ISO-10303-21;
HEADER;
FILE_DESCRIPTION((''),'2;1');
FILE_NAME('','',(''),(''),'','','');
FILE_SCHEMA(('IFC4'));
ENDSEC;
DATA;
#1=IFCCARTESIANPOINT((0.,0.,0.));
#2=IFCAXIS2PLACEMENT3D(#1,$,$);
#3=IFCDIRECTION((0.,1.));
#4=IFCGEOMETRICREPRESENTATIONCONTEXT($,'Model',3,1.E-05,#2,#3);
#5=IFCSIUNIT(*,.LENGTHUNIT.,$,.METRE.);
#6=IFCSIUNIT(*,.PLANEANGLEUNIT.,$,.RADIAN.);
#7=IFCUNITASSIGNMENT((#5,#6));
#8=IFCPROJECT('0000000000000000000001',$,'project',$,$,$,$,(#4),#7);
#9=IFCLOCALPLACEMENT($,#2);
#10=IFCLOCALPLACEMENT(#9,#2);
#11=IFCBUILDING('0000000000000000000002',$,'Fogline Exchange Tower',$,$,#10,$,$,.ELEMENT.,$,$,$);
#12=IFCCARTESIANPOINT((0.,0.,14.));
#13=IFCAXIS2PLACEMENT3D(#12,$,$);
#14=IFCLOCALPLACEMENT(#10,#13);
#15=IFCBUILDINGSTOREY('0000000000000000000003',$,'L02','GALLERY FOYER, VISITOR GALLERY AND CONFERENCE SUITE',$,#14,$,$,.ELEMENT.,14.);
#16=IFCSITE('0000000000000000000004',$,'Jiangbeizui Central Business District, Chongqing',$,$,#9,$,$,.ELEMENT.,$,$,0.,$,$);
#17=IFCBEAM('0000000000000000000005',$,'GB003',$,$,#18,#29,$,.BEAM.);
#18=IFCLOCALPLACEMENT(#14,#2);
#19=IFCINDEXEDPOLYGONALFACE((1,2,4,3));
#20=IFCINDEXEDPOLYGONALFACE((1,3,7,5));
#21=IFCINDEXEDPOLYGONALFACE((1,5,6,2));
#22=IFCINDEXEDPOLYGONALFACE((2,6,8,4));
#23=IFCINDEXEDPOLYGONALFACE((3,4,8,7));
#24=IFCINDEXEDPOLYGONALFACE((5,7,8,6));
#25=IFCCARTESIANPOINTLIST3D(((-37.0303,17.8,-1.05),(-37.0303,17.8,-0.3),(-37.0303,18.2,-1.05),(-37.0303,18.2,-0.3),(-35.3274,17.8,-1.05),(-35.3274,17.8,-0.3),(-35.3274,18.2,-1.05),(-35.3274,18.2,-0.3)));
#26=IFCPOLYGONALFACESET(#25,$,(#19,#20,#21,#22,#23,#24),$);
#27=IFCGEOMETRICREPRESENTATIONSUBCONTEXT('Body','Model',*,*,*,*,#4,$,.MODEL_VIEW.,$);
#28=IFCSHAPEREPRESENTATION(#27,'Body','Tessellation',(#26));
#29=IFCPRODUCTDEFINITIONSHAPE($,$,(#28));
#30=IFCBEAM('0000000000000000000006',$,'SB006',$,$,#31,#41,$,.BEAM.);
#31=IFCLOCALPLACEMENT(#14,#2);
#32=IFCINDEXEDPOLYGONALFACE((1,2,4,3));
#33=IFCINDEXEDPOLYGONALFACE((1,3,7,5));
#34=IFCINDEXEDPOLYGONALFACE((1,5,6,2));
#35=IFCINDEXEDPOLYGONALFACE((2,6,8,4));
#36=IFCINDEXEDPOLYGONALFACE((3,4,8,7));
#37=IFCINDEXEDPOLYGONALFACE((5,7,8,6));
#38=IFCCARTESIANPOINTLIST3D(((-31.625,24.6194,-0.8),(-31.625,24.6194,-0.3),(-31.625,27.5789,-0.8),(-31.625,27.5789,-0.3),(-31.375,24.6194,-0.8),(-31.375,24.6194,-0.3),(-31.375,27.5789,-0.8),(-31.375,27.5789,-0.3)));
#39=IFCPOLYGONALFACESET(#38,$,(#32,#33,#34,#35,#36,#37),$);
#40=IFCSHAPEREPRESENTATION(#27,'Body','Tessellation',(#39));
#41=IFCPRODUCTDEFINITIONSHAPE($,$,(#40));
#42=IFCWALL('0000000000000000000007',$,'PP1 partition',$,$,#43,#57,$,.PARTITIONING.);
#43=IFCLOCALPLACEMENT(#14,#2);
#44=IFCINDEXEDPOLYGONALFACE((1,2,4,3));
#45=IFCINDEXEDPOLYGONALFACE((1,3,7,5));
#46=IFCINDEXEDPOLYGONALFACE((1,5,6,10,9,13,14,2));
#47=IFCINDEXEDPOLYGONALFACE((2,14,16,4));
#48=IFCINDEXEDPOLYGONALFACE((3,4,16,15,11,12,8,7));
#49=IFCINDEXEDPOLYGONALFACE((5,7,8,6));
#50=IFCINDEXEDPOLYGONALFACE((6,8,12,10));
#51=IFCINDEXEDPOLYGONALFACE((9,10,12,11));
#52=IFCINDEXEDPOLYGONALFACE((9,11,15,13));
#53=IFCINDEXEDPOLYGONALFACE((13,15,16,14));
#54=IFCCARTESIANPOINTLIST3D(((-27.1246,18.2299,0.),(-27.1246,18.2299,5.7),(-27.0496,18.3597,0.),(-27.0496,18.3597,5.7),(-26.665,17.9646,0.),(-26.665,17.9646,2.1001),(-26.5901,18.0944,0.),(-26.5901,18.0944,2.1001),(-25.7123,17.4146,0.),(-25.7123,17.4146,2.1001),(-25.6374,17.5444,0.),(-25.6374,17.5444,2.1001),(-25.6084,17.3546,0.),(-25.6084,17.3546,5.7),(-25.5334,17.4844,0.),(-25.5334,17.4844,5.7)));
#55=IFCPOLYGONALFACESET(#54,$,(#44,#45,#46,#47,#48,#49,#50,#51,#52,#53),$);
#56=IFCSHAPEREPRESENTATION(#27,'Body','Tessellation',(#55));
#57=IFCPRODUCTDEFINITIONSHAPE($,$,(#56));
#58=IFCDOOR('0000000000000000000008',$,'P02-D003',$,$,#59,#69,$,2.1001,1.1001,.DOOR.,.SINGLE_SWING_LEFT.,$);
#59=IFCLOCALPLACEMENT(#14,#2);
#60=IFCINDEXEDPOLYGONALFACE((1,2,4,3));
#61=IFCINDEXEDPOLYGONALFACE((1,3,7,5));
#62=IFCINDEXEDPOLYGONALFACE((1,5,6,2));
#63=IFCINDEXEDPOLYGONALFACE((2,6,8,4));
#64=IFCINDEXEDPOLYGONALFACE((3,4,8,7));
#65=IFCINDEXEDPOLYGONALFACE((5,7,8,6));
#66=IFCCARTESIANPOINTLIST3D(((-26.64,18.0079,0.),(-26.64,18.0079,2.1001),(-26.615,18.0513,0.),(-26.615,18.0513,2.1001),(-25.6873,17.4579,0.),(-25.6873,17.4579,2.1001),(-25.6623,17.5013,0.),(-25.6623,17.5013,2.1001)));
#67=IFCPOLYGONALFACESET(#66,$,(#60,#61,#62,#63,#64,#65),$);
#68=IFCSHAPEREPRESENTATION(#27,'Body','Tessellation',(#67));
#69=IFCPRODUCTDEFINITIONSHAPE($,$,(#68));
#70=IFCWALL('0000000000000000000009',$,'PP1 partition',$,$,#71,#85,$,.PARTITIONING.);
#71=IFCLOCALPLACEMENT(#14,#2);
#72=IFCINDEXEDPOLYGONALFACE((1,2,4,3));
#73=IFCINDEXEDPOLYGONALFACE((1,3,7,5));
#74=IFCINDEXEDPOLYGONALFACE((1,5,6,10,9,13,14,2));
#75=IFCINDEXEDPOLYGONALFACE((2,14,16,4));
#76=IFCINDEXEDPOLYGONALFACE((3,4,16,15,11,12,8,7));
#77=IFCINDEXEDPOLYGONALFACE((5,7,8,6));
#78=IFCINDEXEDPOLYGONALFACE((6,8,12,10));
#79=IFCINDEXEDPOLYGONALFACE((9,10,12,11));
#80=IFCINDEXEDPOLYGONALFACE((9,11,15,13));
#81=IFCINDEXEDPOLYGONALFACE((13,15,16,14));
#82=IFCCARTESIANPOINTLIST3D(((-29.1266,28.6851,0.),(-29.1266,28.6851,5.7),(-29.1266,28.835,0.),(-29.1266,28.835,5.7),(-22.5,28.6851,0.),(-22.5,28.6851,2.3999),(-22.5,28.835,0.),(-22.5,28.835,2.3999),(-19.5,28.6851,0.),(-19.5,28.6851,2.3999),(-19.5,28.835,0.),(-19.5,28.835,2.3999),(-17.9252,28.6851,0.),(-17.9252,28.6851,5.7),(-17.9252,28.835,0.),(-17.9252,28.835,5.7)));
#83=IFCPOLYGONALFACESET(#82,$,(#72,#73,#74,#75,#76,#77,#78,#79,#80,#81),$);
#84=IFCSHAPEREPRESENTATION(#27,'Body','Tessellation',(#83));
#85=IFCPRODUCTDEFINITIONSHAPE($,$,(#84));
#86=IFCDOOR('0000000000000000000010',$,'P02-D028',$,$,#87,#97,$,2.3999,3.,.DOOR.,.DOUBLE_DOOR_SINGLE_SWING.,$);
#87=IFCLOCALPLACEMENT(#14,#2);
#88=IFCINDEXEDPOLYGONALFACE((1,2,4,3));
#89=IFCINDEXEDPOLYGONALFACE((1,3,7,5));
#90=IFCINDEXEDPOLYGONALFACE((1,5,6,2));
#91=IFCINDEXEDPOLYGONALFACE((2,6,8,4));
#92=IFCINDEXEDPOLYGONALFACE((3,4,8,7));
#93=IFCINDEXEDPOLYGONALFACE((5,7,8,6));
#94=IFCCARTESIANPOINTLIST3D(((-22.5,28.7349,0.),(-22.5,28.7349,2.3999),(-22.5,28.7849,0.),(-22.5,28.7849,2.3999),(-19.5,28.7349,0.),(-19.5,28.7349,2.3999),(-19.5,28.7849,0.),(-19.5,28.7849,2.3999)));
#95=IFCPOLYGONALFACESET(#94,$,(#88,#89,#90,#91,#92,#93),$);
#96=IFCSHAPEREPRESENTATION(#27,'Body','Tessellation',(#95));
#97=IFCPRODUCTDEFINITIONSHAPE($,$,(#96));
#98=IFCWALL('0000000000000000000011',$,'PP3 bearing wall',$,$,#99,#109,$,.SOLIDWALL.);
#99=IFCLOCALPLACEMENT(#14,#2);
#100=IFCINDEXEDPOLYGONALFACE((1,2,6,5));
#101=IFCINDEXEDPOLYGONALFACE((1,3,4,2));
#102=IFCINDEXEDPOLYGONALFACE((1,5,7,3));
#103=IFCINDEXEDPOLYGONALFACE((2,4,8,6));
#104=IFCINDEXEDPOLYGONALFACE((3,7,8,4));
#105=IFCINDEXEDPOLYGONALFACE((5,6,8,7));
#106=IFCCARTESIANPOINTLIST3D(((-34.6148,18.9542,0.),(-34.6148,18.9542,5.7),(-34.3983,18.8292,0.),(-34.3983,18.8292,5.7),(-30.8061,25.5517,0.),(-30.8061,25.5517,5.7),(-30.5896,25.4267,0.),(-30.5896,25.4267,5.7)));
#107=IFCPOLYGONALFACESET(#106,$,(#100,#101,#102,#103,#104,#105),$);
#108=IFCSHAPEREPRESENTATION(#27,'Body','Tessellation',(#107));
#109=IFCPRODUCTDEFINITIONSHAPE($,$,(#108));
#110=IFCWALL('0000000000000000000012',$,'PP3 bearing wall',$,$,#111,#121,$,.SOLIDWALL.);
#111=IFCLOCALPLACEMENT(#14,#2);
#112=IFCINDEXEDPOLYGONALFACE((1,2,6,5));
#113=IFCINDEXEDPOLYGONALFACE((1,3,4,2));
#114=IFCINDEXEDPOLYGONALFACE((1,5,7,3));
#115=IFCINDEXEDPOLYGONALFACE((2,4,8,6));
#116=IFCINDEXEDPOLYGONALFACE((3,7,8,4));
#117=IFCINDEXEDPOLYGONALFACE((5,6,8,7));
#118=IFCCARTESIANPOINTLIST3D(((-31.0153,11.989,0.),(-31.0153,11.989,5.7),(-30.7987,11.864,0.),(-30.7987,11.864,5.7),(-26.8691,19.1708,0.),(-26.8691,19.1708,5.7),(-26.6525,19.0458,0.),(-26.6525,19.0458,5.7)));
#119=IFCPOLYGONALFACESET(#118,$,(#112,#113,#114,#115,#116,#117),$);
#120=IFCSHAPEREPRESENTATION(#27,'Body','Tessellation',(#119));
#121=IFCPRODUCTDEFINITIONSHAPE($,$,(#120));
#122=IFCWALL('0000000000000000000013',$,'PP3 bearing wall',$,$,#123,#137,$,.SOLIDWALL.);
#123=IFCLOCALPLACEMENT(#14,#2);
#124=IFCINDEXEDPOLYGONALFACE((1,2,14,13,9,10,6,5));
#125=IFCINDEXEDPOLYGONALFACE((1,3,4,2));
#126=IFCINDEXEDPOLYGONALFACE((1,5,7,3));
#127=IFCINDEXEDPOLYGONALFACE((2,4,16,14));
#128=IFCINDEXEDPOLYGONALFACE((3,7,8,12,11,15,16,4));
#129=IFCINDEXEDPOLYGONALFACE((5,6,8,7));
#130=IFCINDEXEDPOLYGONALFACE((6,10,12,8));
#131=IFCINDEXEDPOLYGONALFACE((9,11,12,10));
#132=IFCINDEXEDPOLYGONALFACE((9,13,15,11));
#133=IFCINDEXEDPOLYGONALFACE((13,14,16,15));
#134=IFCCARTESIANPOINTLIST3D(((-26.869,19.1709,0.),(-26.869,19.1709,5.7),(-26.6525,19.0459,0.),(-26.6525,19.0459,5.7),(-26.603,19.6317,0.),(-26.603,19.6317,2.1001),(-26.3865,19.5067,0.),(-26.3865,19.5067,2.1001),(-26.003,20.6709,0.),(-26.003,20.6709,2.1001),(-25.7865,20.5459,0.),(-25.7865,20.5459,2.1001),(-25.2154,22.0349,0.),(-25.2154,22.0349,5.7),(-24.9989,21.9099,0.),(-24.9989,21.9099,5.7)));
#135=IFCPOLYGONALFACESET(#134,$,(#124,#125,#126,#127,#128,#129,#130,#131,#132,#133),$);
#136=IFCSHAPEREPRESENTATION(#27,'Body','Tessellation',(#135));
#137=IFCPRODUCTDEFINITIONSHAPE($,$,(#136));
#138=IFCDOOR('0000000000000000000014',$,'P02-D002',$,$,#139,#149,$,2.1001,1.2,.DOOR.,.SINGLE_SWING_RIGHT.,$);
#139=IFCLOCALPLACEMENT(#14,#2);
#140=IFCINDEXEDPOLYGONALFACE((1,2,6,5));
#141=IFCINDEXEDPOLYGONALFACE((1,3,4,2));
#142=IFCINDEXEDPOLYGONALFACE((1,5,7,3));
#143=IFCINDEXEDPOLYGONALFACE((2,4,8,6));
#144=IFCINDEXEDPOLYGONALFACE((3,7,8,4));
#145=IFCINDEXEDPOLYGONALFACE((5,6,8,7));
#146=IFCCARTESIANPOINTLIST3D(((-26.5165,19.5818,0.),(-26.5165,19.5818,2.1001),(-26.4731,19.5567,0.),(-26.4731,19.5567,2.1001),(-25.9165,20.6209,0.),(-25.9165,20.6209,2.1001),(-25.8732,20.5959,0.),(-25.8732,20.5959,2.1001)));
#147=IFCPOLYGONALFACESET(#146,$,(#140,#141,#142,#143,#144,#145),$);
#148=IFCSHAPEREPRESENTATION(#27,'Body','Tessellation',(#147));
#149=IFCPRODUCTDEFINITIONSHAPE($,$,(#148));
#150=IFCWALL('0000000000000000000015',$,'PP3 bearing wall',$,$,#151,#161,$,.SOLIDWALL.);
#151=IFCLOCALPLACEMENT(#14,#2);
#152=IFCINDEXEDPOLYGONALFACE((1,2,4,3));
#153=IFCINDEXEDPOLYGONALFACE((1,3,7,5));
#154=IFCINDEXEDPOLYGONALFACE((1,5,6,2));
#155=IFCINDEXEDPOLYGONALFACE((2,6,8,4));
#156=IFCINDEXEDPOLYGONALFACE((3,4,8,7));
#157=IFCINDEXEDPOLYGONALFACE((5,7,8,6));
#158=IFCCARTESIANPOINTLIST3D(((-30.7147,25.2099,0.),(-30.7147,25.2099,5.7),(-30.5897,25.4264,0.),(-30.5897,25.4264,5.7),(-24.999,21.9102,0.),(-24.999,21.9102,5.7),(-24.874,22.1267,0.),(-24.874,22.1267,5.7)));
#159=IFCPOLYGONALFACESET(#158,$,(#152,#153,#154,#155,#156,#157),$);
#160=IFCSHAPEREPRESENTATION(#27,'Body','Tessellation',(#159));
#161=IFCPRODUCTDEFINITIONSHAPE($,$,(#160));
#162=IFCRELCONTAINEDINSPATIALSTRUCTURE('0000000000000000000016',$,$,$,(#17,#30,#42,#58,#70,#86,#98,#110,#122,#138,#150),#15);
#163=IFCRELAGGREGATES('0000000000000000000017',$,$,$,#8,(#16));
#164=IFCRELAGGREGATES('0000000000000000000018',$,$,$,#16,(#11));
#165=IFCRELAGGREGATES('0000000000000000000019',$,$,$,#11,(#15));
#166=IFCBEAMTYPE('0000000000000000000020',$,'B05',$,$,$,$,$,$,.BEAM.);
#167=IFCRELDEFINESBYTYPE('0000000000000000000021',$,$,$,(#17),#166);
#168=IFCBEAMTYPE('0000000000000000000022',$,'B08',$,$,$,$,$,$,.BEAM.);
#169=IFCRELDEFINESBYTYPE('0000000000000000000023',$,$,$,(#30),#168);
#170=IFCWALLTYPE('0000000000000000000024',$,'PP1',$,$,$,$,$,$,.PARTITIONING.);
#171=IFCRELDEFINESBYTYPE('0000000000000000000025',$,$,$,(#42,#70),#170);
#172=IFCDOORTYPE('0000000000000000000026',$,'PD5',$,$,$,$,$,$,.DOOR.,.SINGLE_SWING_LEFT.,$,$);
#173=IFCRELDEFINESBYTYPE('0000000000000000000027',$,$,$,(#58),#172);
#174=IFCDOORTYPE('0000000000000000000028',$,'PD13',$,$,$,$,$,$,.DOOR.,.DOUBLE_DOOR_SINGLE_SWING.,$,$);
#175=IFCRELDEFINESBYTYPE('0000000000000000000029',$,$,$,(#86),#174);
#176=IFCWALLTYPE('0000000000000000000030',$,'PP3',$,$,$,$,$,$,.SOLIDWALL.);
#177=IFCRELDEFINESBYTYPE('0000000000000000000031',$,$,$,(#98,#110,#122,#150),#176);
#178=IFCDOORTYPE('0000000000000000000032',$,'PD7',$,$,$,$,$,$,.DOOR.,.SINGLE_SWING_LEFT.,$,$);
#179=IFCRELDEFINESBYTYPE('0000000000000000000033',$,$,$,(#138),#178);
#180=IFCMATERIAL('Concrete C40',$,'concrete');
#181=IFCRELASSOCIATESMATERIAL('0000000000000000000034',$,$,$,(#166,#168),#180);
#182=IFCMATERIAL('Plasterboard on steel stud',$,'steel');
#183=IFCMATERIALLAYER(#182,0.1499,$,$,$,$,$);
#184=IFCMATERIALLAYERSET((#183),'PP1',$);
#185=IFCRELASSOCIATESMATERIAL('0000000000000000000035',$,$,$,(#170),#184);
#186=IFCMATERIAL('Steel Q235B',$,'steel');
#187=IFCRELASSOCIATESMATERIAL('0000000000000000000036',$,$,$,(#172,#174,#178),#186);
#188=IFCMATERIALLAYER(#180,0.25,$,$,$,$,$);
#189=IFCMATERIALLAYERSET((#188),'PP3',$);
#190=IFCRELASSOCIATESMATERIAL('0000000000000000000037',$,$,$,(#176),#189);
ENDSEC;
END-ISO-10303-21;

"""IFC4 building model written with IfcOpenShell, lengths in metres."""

from ifc_helpers import new_model, si_unit, direction, frame, frame_2d, origin, origin_2d, place, context, subcontext, project, spatial, rectangle, extrude, material, layer, layer_set, material_profile, profile_set, type_object, element, fill, save


model = new_model("IFC4")

# Units and contexts
model_context = context("Model", 3, precision=1e-05, world=origin(), true_north=direction((0.0, 1.0)))
body_context = subcontext(model_context, "Body", "Model", "MODEL_VIEW")
ifc_project = project(units=[si_unit("LENGTHUNIT", "METRE"), si_unit("PLANEANGLEUNIT", "RADIAN")], contexts=[model_context])

# Site, building, storey
site_placement = place(None, origin())
site = spatial("IfcSite", under=ifc_project, at=site_placement, Name="Jiangbeizui Central Business District, Chongqing", CompositionType="ELEMENT", RefElevation=0.0)
building_placement = place(site_placement, origin())
building = spatial("IfcBuilding", under=site, at=building_placement, Name="Fogline Exchange Tower", CompositionType="ELEMENT")
storey_placement = place(building_placement, frame((0.0, 0.0, 14.0)))
storey = spatial("IfcBuildingStorey", under=building, at=storey_placement, Name="L02", Description="GALLERY FOYER, VISITOR GALLERY AND CONFERENCE SUITE", CompositionType="ELEMENT", Elevation=14.0)

# Beams
ifc_material_1 = material(Name="Concrete C40", Category="concrete")
ifc_material_profile_1 = material_profile(ifc_material_1, rectangle(XDim=0.3999, YDim=0.75, at=origin_2d()), Name="RC 400x750")
ifc_profile_set_1 = profile_set([ifc_material_profile_1], Name="Concrete C40")
beam_type_1 = type_object("IfcBeamType", Name="B05", PredefinedType="BEAM", material=ifc_profile_set_1)
beam_1_placement = place(storey_placement, frame((-37.0303, 18.0, -0.675), z_axis=(1.0, 0.0, 0.0), x_axis=(0.0, 1.0, 0.0)))
element("IfcBeam", 1, at=beam_1_placement, inside=storey, type_object=beam_type_1, Name="GB003", PredefinedType="BEAM", context=body_context, shape_type="SweptSolid", body=[
    extrude(rectangle(XDim=0.3999, YDim=0.75, at=origin_2d()), origin(), (0.0, 0.0, 1.0), 1.7029),
])
ifc_material_profile_2 = material_profile(ifc_material_1, rectangle(XDim=0.25, YDim=0.5, at=origin_2d()), Name="RC 250x500")
ifc_profile_set_2 = profile_set([ifc_material_profile_2], Name="Concrete C40")
beam_type_2 = type_object("IfcBeamType", Name="B08", PredefinedType="BEAM", material=ifc_profile_set_2)
beam_2_placement = place(storey_placement, frame((-31.5, 24.6194, -0.55), z_axis=(0.0, 1.0, 0.0), x_axis=(-1.0, 0.0, 0.0)))
element("IfcBeam", 2, at=beam_2_placement, inside=storey, type_object=beam_type_2, Name="SB006", PredefinedType="BEAM", context=body_context, shape_type="SweptSolid", body=[
    extrude(rectangle(XDim=0.25, YDim=0.5, at=origin_2d()), origin(), (0.0, 0.0, 1.0), 2.9595),
])

# Walls, openings, doors
ifc_material_2 = material(Name="Plasterboard on steel stud", Category="steel")
ifc_layer_1 = layer(ifc_material_2, 0.1499)
ifc_layer_set_1 = layer_set([ifc_layer_1], Name="PP1")
wall_type_1 = type_object("IfcWallType", Name="PP1", PredefinedType="PARTITIONING", material=ifc_layer_set_1)
wall_1_placement = place(storey_placement, frame((-25.5708, 17.4194, 0.0), z_axis=(0.0, 0.0, 1.0), x_axis=(-0.866046, 0.499964, 0.0)))
wall_1 = element("IfcWall", 3, at=wall_1_placement, inside=storey, type_object=wall_type_1, Name="PP1 partition", PredefinedType="PARTITIONING", context=body_context, shape_type="SweptSolid", body=[
    extrude(rectangle(XDim=1.7507, YDim=0.1499, at=frame_2d((0.8755, 0.0))), origin(), (0.0, 0.0, 1.0), 5.7),
])
opening_1_placement = place(wall_1_placement, frame((0.1201, 0.0, 0.0)))
opening_1 = element("IfcOpeningElement", 4, at=opening_1_placement, cuts=wall_1, PredefinedType="OPENING", context=body_context, shape_type="SweptSolid", body=[
    extrude(rectangle(XDim=1.1001, YDim=2.1001, at=frame_2d((0.55, 1.05))), frame((0.0, 0.085, 0.0), z_axis=(0.0, -1.0, 0.0), x_axis=(1.0, 0.0, 0.0)), (0.0, 0.0, 1.0), 0.1699),
])
ifc_material_3 = material(Name="Steel Q235B", Category="steel")
door_type_1 = type_object("IfcDoorType", Name="PD5", OperationType="SINGLE_SWING_LEFT", PredefinedType="DOOR", material=ifc_material_3)
door_1_placement = place(opening_1_placement, origin())
door_1 = element("IfcDoor", 5, at=door_1_placement, inside=storey, type_object=door_type_1, Name="P02-D003", OperationType="SINGLE_SWING_LEFT", OverallHeight=2.1001, OverallWidth=1.1001, PredefinedType="DOOR", context=body_context, shape_type="SweptSolid", body=[
    extrude(rectangle(XDim=1.1001, YDim=2.1001, at=frame_2d((0.55, 1.05))), frame((0.0, 0.0249, 0.0), z_axis=(0.0, -1.0, 0.0), x_axis=(1.0, 0.0, 0.0)), (0.0, 0.0, 1.0), 0.05),
])
fill(opening_1, door_1)
wall_2_placement = place(storey_placement, frame((-29.1265, 28.76, 0.0), z_axis=(0.0, 0.0, 1.0), x_axis=(1.0, 0.0, 0.0)))
wall_2 = element("IfcWall", 6, at=wall_2_placement, inside=storey, type_object=wall_type_1, Name="PP1 partition", PredefinedType="PARTITIONING", context=body_context, shape_type="SweptSolid", body=[
    extrude(rectangle(XDim=11.2014, YDim=0.1499, at=frame_2d((5.6006, 0.0))), origin(), (0.0, 0.0, 1.0), 5.7),
])
opening_2_placement = place(wall_2_placement, frame((6.6265, 0.0, 0.0)))
opening_2 = element("IfcOpeningElement", 7, at=opening_2_placement, cuts=wall_2, PredefinedType="OPENING", context=body_context, shape_type="SweptSolid", body=[
    extrude(rectangle(XDim=3.0, YDim=2.3999, at=frame_2d((1.5, 1.2))), frame((0.0, 0.085, 0.0), z_axis=(0.0, -1.0, 0.0), x_axis=(1.0, 0.0, 0.0)), (0.0, 0.0, 1.0), 0.1699),
])
door_type_2 = type_object("IfcDoorType", Name="PD13", OperationType="DOUBLE_DOOR_SINGLE_SWING", PredefinedType="DOOR", material=ifc_material_3)
door_2_placement = place(opening_2_placement, origin())
door_2 = element("IfcDoor", 8, at=door_2_placement, inside=storey, type_object=door_type_2, Name="P02-D028", OperationType="DOUBLE_DOOR_SINGLE_SWING", OverallHeight=2.3999, OverallWidth=3.0, PredefinedType="DOOR", context=body_context, shape_type="SweptSolid", body=[
    extrude(rectangle(XDim=3.0, YDim=2.3999, at=frame_2d((1.5, 1.2))), frame((0.0, 0.0249, 0.0), z_axis=(0.0, -1.0, 0.0), x_axis=(1.0, 0.0, 0.0)), (0.0, 0.0, 1.0), 0.05),
])
fill(opening_2, door_2)

# Walls
ifc_layer_2 = layer(ifc_material_1, 0.25)
ifc_layer_set_2 = layer_set([ifc_layer_2], Name="PP3")
wall_type_2 = type_object("IfcWallType", Name="PP3", PredefinedType="SOLIDWALL", material=ifc_layer_set_2)
wall_3_placement = place(storey_placement, frame((-34.5066, 18.8916, 0.0), z_axis=(0.0, 0.0, 1.0), x_axis=(0.499958, 0.866049, 0.0)))
element("IfcWall", 9, at=wall_3_placement, inside=storey, type_object=wall_type_2, Name="PP3 bearing wall", PredefinedType="SOLIDWALL", context=body_context, shape_type="SweptSolid", body=[
    extrude(rectangle(XDim=7.6179, YDim=0.25, at=frame_2d((3.8091, 0.0))), origin(), (0.0, 0.0, 1.0), 5.7),
])
wall_4_placement = place(storey_placement, frame((-26.7607, 19.1084, 0.0), z_axis=(0.0, 0.0, 1.0), x_axis=(-0.49998, -0.866037, 0.0)))
element("IfcWall", 10, at=wall_4_placement, inside=storey, type_object=wall_type_2, Name="PP3 bearing wall", PredefinedType="SOLIDWALL", context=body_context, shape_type="SweptSolid", body=[
    extrude(rectangle(XDim=8.2927, YDim=0.25, at=frame_2d((4.1465, 0.0))), origin(), (0.0, 0.0, 1.0), 5.7),
])

# Wall, opening, door
wall_5_placement = place(storey_placement, frame((-25.1072, 21.9724, 0.0), z_axis=(0.0, 0.0, 1.0), x_axis=(-0.500006, -0.866022, 0.0)))
wall_5 = element("IfcWall", 11, at=wall_5_placement, inside=storey, type_object=wall_type_2, Name="PP3 bearing wall", PredefinedType="SOLIDWALL", context=body_context, shape_type="SweptSolid", body=[
    extrude(rectangle(XDim=3.3071, YDim=0.25, at=frame_2d((1.6536, 0.0))), origin(), (0.0, 0.0, 1.0), 5.7),
])
opening_3_placement = place(wall_5_placement, frame((1.575, 0.0, 0.0)))
opening_3 = element("IfcOpeningElement", 12, at=opening_3_placement, cuts=wall_5, PredefinedType="OPENING", context=body_context, shape_type="SweptSolid", body=[
    extrude(rectangle(XDim=1.2, YDim=2.1001, at=frame_2d((0.6001, 1.05))), frame((0.0, 0.135, 0.0), z_axis=(0.0, -1.0, 0.0), x_axis=(1.0, 0.0, 0.0)), (0.0, 0.0, 1.0), 0.27),
])
door_type_3 = type_object("IfcDoorType", Name="PD7", OperationType="SINGLE_SWING_LEFT", PredefinedType="DOOR", material=ifc_material_3)
door_3_placement = place(opening_3_placement, origin())
door_3 = element("IfcDoor", 13, at=door_3_placement, inside=storey, type_object=door_type_3, Name="P02-D002", OperationType="SINGLE_SWING_RIGHT", OverallHeight=2.1001, OverallWidth=1.2, PredefinedType="DOOR", context=body_context, shape_type="SweptSolid", body=[
    extrude(rectangle(XDim=1.2, YDim=2.1001, at=frame_2d((0.6001, 1.05))), frame((0.0, 0.0249, 0.0), z_axis=(0.0, -1.0, 0.0), x_axis=(1.0, 0.0, 0.0)), (0.0, 0.0, 1.0), 0.05),
])
fill(opening_3, door_3)

# Wall
wall_6_placement = place(storey_placement, frame((-30.6521, 25.3181, 0.0), z_axis=(0.0, 0.0, 1.0), x_axis=(0.86604, -0.499974, 0.0)))
element("IfcWall", 14, at=wall_6_placement, inside=storey, type_object=wall_type_2, Name="PP3 bearing wall", PredefinedType="SOLIDWALL", context=body_context, shape_type="SweptSolid", body=[
    extrude(rectangle(XDim=6.5999, YDim=0.25, at=frame_2d((3.2998, 0.0))), origin(), (0.0, 0.0, 1.0), 5.7),
])

save(model, "model.ifc")
